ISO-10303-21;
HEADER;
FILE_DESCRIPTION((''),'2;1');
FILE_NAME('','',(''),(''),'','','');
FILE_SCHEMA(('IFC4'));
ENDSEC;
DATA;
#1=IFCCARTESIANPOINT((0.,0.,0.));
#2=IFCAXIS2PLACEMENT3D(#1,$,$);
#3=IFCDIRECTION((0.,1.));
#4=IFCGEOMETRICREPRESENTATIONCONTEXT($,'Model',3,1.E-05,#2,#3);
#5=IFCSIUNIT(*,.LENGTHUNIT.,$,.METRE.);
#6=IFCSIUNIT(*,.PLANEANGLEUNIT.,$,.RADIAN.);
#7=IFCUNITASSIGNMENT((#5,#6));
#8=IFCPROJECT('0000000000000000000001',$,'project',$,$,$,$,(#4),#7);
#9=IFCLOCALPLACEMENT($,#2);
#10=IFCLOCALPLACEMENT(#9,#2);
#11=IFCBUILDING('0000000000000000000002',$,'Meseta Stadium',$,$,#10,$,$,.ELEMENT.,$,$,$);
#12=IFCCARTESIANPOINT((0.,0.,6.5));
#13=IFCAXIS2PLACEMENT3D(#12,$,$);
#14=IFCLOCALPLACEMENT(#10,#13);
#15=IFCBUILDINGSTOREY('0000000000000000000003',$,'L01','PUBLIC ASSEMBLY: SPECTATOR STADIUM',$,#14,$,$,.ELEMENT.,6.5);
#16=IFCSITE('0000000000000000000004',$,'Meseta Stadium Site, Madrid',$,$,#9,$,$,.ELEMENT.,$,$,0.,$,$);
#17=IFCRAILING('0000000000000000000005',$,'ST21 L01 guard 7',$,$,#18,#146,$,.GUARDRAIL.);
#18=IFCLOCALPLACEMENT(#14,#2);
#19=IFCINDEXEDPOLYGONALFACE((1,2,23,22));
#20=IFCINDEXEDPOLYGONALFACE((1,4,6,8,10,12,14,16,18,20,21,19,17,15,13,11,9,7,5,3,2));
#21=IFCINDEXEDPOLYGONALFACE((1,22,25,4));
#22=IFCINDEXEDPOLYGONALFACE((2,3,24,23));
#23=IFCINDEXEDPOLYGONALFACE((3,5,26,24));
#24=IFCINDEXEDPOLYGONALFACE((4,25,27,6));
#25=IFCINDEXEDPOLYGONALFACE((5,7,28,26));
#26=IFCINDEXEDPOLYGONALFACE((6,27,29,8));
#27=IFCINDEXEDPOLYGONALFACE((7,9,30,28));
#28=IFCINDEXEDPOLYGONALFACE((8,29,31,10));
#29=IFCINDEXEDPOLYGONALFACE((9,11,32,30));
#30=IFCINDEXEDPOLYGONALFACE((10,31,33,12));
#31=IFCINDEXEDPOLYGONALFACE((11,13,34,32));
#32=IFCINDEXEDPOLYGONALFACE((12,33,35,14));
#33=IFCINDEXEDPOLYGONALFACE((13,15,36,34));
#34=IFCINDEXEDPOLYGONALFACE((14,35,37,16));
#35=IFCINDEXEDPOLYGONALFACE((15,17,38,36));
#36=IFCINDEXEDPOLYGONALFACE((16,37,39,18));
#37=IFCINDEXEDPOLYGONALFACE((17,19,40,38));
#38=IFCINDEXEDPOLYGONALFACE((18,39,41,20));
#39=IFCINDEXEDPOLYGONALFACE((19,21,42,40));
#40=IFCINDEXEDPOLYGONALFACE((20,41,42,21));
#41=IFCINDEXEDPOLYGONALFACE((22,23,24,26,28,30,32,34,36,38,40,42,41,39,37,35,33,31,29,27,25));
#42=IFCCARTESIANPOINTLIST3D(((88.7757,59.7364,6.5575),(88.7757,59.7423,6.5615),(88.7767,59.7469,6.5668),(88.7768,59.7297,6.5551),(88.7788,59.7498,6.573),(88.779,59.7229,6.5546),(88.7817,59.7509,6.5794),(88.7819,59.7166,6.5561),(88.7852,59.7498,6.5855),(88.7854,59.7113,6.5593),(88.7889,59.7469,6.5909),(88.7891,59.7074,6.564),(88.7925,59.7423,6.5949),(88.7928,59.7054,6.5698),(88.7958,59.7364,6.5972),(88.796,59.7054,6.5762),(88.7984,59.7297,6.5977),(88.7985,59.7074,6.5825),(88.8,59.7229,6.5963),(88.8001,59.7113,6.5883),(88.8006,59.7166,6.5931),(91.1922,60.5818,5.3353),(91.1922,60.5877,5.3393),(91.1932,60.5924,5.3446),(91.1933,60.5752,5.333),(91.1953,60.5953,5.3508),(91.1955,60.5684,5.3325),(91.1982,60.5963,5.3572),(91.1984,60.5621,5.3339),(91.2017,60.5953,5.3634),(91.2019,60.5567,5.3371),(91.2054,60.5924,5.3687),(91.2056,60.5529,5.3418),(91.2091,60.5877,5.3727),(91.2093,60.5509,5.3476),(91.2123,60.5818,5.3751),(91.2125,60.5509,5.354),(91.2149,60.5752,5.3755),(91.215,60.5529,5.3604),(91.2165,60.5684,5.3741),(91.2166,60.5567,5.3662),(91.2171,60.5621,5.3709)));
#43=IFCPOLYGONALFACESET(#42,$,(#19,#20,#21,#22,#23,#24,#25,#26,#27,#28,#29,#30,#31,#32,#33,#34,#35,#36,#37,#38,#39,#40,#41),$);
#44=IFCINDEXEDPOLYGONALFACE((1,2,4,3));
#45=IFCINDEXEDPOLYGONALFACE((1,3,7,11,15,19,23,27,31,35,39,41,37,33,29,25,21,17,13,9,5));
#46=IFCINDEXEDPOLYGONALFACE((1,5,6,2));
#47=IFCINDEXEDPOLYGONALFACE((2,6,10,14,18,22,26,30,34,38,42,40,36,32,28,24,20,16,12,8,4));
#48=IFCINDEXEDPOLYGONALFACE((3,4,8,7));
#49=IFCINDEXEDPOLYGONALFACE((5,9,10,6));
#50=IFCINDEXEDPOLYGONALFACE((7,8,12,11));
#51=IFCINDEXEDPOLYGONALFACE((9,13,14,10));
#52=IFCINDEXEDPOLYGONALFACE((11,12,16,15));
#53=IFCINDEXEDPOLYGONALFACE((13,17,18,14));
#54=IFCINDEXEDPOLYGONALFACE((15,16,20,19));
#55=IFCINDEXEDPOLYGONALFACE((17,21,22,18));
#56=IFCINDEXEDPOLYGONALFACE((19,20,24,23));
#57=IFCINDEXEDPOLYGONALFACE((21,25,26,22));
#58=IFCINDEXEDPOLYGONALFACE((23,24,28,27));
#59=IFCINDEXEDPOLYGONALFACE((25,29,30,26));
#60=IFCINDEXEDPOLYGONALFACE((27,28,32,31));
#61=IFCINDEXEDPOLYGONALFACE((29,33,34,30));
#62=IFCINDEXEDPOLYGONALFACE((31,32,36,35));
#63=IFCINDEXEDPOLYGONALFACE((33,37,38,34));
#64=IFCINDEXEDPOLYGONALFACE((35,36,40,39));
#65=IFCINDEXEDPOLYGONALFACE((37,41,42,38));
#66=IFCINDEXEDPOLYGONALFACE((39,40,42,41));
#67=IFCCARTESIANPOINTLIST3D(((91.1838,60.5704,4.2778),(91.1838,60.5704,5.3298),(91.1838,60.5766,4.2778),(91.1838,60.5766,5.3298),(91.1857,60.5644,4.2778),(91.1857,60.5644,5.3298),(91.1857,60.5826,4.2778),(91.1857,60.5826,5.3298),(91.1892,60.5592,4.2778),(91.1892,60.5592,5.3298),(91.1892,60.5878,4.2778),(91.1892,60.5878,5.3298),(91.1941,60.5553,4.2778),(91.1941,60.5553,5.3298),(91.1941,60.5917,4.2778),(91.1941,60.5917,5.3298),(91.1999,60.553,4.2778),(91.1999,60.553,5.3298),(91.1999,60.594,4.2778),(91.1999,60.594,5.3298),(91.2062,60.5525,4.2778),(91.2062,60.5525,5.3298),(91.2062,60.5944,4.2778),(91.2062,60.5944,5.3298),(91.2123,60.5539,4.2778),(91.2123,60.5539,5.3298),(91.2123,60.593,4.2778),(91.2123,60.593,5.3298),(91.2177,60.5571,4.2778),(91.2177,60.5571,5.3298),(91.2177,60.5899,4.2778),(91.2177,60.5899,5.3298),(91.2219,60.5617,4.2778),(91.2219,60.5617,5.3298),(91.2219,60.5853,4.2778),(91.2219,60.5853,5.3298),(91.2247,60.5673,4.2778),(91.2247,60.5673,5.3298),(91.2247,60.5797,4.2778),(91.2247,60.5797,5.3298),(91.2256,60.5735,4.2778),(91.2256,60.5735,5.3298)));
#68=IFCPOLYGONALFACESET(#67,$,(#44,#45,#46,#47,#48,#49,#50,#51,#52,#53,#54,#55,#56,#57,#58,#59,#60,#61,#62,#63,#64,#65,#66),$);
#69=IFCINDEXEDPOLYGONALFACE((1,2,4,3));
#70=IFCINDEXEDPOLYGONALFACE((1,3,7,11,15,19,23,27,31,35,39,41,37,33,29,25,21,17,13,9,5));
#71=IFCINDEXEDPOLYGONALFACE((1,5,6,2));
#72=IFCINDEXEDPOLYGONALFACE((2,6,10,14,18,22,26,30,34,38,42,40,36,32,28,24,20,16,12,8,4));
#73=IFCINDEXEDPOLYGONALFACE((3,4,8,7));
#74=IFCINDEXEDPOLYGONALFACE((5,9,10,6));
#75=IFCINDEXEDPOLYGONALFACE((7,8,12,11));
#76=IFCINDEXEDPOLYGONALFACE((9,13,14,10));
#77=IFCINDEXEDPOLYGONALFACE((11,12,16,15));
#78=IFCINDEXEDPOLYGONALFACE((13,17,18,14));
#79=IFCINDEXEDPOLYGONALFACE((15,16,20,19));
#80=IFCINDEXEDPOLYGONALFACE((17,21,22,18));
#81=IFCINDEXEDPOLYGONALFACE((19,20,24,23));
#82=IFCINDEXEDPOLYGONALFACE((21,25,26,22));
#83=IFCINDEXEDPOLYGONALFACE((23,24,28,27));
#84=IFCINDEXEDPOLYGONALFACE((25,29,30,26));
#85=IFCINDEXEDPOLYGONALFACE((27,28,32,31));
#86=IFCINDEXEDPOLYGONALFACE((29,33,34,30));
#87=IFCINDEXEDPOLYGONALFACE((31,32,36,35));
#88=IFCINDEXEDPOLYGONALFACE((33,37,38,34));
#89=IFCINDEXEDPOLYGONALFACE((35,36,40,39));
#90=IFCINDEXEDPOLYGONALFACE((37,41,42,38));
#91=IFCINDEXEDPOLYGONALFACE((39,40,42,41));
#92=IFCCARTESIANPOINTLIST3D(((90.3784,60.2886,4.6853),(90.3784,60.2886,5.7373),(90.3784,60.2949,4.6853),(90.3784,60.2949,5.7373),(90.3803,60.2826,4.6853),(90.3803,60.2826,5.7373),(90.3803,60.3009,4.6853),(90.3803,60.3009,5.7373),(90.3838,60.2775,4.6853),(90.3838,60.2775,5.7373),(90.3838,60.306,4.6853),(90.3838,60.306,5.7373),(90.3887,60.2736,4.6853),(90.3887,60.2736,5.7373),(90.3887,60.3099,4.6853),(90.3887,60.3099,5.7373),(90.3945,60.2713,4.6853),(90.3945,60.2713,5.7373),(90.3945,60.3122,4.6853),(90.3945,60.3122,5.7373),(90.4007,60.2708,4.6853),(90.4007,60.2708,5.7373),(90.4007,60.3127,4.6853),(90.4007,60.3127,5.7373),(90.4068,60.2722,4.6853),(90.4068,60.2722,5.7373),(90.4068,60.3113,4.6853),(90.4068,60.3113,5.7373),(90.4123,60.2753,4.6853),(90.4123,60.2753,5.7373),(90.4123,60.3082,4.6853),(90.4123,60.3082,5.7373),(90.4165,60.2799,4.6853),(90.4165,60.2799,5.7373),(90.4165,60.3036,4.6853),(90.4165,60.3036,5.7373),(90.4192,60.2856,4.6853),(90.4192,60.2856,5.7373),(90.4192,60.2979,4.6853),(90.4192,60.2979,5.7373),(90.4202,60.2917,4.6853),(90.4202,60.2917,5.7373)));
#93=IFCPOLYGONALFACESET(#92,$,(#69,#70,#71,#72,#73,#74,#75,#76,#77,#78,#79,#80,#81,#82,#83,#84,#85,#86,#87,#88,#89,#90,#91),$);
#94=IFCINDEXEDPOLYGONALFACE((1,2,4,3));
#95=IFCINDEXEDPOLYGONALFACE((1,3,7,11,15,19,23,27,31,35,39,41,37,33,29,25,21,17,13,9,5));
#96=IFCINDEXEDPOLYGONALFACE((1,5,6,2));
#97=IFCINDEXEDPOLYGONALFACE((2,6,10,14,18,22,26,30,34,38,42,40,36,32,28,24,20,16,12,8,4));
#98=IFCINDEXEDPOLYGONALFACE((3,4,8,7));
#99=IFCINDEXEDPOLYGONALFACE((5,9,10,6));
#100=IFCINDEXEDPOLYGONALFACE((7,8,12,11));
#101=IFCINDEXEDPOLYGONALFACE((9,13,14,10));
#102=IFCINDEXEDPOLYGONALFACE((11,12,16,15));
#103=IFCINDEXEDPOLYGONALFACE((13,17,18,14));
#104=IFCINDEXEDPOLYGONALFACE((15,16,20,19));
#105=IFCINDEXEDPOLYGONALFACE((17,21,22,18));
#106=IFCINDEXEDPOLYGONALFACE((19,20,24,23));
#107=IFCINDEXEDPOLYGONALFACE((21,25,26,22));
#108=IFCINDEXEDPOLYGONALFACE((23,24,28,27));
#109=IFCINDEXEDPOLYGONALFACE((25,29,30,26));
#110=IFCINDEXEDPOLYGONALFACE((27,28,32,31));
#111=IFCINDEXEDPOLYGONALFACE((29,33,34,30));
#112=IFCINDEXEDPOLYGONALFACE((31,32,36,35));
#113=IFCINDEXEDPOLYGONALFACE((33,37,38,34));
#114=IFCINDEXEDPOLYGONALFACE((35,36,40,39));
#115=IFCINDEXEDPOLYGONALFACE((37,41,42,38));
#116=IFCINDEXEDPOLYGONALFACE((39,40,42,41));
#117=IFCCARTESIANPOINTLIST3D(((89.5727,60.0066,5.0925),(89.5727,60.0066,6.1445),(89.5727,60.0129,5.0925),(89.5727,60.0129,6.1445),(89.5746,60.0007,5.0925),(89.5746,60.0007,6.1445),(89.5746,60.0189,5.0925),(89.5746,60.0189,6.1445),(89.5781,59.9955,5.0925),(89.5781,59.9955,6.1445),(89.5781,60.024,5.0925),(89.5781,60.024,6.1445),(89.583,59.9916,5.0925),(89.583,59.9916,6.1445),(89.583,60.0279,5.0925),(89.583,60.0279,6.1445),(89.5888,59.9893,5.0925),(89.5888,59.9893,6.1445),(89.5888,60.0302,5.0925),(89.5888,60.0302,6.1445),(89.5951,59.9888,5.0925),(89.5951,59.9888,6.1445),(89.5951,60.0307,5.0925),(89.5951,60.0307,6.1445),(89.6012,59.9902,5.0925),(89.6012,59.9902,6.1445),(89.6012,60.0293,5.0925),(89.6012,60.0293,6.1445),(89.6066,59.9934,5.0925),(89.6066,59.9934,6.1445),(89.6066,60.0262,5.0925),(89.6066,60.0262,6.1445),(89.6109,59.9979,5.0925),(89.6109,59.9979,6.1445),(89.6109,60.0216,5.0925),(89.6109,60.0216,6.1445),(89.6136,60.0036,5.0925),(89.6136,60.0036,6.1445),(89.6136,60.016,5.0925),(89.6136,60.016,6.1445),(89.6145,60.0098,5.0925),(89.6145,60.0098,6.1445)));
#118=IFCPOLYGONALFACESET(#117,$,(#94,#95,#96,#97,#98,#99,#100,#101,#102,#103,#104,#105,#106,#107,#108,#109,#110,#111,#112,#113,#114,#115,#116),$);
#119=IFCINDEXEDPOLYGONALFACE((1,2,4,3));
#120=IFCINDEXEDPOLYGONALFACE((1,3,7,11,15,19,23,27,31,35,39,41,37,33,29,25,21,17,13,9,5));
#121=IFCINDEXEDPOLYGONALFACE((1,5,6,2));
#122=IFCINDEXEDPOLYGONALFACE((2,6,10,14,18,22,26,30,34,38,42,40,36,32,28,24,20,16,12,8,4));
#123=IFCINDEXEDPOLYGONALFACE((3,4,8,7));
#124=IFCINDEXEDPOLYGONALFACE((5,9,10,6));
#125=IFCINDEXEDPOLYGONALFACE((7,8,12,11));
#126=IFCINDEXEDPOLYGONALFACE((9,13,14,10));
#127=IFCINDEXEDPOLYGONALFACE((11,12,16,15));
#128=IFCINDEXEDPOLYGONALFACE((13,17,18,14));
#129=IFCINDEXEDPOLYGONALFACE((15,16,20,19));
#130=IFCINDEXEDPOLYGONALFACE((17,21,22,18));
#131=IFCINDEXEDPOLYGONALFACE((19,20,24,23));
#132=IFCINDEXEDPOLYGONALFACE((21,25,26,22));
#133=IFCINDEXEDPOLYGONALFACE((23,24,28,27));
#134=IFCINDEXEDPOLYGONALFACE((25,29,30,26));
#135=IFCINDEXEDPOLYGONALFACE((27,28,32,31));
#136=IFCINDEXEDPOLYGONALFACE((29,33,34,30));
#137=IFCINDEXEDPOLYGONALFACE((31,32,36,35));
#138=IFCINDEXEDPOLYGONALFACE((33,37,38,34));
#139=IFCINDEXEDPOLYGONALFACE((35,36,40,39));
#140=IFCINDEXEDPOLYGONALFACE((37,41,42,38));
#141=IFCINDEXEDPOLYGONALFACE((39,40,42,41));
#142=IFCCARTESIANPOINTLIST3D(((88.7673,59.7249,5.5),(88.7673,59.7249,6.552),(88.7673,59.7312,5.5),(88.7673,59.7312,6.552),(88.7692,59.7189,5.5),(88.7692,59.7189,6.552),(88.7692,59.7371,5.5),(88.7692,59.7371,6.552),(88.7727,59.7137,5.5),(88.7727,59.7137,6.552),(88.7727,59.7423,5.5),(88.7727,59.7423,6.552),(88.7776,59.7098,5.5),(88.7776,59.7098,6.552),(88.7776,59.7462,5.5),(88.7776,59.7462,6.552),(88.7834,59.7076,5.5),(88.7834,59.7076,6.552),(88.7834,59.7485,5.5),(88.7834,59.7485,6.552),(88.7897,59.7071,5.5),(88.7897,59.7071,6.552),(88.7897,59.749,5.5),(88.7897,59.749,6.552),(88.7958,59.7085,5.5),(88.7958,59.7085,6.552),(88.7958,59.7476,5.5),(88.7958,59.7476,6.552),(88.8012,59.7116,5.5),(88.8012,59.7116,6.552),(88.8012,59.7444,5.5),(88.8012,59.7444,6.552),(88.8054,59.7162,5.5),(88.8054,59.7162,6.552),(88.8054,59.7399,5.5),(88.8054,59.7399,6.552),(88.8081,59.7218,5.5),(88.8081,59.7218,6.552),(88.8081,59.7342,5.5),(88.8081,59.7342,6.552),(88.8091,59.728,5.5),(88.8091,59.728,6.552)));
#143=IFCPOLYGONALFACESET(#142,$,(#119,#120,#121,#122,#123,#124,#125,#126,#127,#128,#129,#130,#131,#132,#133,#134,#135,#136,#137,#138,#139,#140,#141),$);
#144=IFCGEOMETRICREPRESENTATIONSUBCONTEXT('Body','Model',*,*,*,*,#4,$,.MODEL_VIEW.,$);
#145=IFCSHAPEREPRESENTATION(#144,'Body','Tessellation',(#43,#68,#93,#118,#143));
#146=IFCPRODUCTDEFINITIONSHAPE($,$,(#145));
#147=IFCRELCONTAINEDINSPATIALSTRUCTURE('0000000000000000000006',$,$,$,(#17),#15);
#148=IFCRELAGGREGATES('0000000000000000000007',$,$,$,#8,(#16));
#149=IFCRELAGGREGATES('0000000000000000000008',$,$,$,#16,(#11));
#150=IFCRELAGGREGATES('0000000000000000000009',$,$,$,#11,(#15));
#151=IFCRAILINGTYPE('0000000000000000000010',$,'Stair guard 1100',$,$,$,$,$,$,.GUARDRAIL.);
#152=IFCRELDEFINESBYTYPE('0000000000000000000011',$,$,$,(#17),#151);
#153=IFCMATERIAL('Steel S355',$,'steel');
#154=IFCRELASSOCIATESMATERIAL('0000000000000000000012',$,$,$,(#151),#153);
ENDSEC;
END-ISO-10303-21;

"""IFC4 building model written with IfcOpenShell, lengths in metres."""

from ifc_helpers import new_model, si_unit, direction, frame, origin, origin_2d, place, context, subcontext, project, spatial, circle, extrude, material, type_object, element, save


model = new_model("IFC4")

# Units and contexts
model_context = context("Model", 3, precision=1e-05, world=origin(), true_north=direction((0.0, 1.0)))
body_context = subcontext(model_context, "Body", "Model", "MODEL_VIEW")
ifc_project = project(units=[si_unit("LENGTHUNIT", "METRE"), si_unit("PLANEANGLEUNIT", "RADIAN")], contexts=[model_context])

# Site, building, storey
site_placement = place(None, origin())
site = spatial("IfcSite", under=ifc_project, at=site_placement, Name="Meseta Stadium Site, Madrid", CompositionType="ELEMENT", RefElevation=0.0)
building_placement = place(site_placement, origin())
building = spatial("IfcBuilding", under=site, at=building_placement, Name="Meseta Stadium", CompositionType="ELEMENT")
storey_placement = place(building_placement, frame((0.0, 0.0, 6.5)))
storey = spatial("IfcBuildingStorey", under=building, at=storey_placement, Name="L01", Description="PUBLIC ASSEMBLY: SPECTATOR STADIUM", CompositionType="ELEMENT", Elevation=6.5)

# Railing
ifc_material_1 = material(Name="Steel S355", Category="steel")
railing_type_1 = type_object("IfcRailingType", Name="Stair guard 1100", PredefinedType="GUARDRAIL", material=ifc_material_1)
railing_1_placement = place(storey_placement, frame((91.2046, 60.5735, 4.2778)))
element("IfcRailing", 1, at=railing_1_placement, inside=storey, type_object=railing_type_1, Name="ST21 L01 guard 7", PredefinedType="GUARDRAIL", context=body_context, shape_type="SweptSolid", body=[
    extrude(circle(Radius=0.0239, at=origin_2d()), frame((0.0, 0.0, 1.0762), z_axis=(-0.851812, -0.298022, 0.430811), x_axis=(0.33024, -0.943897, 0.0)), (0.0, 0.0, 1.0), 2.8369),
    extrude(circle(Radius=0.021, at=origin_2d()), origin(), (0.0, 0.0, 1.0), 1.052),
    extrude(circle(Radius=0.021, at=origin_2d()), frame((-0.8054, -0.2817, 0.4075)), (0.0, 0.0, 1.0), 1.052),
    extrude(circle(Radius=0.021, at=origin_2d()), frame((-1.6111, -0.5637, 0.8147)), (0.0, 0.0, 1.0), 1.052),
    extrude(circle(Radius=0.021, at=origin_2d()), frame((-2.4165, -0.8455, 1.2222)), (0.0, 0.0, 1.0), 1.052),
])

save(model, "model.ifc")
